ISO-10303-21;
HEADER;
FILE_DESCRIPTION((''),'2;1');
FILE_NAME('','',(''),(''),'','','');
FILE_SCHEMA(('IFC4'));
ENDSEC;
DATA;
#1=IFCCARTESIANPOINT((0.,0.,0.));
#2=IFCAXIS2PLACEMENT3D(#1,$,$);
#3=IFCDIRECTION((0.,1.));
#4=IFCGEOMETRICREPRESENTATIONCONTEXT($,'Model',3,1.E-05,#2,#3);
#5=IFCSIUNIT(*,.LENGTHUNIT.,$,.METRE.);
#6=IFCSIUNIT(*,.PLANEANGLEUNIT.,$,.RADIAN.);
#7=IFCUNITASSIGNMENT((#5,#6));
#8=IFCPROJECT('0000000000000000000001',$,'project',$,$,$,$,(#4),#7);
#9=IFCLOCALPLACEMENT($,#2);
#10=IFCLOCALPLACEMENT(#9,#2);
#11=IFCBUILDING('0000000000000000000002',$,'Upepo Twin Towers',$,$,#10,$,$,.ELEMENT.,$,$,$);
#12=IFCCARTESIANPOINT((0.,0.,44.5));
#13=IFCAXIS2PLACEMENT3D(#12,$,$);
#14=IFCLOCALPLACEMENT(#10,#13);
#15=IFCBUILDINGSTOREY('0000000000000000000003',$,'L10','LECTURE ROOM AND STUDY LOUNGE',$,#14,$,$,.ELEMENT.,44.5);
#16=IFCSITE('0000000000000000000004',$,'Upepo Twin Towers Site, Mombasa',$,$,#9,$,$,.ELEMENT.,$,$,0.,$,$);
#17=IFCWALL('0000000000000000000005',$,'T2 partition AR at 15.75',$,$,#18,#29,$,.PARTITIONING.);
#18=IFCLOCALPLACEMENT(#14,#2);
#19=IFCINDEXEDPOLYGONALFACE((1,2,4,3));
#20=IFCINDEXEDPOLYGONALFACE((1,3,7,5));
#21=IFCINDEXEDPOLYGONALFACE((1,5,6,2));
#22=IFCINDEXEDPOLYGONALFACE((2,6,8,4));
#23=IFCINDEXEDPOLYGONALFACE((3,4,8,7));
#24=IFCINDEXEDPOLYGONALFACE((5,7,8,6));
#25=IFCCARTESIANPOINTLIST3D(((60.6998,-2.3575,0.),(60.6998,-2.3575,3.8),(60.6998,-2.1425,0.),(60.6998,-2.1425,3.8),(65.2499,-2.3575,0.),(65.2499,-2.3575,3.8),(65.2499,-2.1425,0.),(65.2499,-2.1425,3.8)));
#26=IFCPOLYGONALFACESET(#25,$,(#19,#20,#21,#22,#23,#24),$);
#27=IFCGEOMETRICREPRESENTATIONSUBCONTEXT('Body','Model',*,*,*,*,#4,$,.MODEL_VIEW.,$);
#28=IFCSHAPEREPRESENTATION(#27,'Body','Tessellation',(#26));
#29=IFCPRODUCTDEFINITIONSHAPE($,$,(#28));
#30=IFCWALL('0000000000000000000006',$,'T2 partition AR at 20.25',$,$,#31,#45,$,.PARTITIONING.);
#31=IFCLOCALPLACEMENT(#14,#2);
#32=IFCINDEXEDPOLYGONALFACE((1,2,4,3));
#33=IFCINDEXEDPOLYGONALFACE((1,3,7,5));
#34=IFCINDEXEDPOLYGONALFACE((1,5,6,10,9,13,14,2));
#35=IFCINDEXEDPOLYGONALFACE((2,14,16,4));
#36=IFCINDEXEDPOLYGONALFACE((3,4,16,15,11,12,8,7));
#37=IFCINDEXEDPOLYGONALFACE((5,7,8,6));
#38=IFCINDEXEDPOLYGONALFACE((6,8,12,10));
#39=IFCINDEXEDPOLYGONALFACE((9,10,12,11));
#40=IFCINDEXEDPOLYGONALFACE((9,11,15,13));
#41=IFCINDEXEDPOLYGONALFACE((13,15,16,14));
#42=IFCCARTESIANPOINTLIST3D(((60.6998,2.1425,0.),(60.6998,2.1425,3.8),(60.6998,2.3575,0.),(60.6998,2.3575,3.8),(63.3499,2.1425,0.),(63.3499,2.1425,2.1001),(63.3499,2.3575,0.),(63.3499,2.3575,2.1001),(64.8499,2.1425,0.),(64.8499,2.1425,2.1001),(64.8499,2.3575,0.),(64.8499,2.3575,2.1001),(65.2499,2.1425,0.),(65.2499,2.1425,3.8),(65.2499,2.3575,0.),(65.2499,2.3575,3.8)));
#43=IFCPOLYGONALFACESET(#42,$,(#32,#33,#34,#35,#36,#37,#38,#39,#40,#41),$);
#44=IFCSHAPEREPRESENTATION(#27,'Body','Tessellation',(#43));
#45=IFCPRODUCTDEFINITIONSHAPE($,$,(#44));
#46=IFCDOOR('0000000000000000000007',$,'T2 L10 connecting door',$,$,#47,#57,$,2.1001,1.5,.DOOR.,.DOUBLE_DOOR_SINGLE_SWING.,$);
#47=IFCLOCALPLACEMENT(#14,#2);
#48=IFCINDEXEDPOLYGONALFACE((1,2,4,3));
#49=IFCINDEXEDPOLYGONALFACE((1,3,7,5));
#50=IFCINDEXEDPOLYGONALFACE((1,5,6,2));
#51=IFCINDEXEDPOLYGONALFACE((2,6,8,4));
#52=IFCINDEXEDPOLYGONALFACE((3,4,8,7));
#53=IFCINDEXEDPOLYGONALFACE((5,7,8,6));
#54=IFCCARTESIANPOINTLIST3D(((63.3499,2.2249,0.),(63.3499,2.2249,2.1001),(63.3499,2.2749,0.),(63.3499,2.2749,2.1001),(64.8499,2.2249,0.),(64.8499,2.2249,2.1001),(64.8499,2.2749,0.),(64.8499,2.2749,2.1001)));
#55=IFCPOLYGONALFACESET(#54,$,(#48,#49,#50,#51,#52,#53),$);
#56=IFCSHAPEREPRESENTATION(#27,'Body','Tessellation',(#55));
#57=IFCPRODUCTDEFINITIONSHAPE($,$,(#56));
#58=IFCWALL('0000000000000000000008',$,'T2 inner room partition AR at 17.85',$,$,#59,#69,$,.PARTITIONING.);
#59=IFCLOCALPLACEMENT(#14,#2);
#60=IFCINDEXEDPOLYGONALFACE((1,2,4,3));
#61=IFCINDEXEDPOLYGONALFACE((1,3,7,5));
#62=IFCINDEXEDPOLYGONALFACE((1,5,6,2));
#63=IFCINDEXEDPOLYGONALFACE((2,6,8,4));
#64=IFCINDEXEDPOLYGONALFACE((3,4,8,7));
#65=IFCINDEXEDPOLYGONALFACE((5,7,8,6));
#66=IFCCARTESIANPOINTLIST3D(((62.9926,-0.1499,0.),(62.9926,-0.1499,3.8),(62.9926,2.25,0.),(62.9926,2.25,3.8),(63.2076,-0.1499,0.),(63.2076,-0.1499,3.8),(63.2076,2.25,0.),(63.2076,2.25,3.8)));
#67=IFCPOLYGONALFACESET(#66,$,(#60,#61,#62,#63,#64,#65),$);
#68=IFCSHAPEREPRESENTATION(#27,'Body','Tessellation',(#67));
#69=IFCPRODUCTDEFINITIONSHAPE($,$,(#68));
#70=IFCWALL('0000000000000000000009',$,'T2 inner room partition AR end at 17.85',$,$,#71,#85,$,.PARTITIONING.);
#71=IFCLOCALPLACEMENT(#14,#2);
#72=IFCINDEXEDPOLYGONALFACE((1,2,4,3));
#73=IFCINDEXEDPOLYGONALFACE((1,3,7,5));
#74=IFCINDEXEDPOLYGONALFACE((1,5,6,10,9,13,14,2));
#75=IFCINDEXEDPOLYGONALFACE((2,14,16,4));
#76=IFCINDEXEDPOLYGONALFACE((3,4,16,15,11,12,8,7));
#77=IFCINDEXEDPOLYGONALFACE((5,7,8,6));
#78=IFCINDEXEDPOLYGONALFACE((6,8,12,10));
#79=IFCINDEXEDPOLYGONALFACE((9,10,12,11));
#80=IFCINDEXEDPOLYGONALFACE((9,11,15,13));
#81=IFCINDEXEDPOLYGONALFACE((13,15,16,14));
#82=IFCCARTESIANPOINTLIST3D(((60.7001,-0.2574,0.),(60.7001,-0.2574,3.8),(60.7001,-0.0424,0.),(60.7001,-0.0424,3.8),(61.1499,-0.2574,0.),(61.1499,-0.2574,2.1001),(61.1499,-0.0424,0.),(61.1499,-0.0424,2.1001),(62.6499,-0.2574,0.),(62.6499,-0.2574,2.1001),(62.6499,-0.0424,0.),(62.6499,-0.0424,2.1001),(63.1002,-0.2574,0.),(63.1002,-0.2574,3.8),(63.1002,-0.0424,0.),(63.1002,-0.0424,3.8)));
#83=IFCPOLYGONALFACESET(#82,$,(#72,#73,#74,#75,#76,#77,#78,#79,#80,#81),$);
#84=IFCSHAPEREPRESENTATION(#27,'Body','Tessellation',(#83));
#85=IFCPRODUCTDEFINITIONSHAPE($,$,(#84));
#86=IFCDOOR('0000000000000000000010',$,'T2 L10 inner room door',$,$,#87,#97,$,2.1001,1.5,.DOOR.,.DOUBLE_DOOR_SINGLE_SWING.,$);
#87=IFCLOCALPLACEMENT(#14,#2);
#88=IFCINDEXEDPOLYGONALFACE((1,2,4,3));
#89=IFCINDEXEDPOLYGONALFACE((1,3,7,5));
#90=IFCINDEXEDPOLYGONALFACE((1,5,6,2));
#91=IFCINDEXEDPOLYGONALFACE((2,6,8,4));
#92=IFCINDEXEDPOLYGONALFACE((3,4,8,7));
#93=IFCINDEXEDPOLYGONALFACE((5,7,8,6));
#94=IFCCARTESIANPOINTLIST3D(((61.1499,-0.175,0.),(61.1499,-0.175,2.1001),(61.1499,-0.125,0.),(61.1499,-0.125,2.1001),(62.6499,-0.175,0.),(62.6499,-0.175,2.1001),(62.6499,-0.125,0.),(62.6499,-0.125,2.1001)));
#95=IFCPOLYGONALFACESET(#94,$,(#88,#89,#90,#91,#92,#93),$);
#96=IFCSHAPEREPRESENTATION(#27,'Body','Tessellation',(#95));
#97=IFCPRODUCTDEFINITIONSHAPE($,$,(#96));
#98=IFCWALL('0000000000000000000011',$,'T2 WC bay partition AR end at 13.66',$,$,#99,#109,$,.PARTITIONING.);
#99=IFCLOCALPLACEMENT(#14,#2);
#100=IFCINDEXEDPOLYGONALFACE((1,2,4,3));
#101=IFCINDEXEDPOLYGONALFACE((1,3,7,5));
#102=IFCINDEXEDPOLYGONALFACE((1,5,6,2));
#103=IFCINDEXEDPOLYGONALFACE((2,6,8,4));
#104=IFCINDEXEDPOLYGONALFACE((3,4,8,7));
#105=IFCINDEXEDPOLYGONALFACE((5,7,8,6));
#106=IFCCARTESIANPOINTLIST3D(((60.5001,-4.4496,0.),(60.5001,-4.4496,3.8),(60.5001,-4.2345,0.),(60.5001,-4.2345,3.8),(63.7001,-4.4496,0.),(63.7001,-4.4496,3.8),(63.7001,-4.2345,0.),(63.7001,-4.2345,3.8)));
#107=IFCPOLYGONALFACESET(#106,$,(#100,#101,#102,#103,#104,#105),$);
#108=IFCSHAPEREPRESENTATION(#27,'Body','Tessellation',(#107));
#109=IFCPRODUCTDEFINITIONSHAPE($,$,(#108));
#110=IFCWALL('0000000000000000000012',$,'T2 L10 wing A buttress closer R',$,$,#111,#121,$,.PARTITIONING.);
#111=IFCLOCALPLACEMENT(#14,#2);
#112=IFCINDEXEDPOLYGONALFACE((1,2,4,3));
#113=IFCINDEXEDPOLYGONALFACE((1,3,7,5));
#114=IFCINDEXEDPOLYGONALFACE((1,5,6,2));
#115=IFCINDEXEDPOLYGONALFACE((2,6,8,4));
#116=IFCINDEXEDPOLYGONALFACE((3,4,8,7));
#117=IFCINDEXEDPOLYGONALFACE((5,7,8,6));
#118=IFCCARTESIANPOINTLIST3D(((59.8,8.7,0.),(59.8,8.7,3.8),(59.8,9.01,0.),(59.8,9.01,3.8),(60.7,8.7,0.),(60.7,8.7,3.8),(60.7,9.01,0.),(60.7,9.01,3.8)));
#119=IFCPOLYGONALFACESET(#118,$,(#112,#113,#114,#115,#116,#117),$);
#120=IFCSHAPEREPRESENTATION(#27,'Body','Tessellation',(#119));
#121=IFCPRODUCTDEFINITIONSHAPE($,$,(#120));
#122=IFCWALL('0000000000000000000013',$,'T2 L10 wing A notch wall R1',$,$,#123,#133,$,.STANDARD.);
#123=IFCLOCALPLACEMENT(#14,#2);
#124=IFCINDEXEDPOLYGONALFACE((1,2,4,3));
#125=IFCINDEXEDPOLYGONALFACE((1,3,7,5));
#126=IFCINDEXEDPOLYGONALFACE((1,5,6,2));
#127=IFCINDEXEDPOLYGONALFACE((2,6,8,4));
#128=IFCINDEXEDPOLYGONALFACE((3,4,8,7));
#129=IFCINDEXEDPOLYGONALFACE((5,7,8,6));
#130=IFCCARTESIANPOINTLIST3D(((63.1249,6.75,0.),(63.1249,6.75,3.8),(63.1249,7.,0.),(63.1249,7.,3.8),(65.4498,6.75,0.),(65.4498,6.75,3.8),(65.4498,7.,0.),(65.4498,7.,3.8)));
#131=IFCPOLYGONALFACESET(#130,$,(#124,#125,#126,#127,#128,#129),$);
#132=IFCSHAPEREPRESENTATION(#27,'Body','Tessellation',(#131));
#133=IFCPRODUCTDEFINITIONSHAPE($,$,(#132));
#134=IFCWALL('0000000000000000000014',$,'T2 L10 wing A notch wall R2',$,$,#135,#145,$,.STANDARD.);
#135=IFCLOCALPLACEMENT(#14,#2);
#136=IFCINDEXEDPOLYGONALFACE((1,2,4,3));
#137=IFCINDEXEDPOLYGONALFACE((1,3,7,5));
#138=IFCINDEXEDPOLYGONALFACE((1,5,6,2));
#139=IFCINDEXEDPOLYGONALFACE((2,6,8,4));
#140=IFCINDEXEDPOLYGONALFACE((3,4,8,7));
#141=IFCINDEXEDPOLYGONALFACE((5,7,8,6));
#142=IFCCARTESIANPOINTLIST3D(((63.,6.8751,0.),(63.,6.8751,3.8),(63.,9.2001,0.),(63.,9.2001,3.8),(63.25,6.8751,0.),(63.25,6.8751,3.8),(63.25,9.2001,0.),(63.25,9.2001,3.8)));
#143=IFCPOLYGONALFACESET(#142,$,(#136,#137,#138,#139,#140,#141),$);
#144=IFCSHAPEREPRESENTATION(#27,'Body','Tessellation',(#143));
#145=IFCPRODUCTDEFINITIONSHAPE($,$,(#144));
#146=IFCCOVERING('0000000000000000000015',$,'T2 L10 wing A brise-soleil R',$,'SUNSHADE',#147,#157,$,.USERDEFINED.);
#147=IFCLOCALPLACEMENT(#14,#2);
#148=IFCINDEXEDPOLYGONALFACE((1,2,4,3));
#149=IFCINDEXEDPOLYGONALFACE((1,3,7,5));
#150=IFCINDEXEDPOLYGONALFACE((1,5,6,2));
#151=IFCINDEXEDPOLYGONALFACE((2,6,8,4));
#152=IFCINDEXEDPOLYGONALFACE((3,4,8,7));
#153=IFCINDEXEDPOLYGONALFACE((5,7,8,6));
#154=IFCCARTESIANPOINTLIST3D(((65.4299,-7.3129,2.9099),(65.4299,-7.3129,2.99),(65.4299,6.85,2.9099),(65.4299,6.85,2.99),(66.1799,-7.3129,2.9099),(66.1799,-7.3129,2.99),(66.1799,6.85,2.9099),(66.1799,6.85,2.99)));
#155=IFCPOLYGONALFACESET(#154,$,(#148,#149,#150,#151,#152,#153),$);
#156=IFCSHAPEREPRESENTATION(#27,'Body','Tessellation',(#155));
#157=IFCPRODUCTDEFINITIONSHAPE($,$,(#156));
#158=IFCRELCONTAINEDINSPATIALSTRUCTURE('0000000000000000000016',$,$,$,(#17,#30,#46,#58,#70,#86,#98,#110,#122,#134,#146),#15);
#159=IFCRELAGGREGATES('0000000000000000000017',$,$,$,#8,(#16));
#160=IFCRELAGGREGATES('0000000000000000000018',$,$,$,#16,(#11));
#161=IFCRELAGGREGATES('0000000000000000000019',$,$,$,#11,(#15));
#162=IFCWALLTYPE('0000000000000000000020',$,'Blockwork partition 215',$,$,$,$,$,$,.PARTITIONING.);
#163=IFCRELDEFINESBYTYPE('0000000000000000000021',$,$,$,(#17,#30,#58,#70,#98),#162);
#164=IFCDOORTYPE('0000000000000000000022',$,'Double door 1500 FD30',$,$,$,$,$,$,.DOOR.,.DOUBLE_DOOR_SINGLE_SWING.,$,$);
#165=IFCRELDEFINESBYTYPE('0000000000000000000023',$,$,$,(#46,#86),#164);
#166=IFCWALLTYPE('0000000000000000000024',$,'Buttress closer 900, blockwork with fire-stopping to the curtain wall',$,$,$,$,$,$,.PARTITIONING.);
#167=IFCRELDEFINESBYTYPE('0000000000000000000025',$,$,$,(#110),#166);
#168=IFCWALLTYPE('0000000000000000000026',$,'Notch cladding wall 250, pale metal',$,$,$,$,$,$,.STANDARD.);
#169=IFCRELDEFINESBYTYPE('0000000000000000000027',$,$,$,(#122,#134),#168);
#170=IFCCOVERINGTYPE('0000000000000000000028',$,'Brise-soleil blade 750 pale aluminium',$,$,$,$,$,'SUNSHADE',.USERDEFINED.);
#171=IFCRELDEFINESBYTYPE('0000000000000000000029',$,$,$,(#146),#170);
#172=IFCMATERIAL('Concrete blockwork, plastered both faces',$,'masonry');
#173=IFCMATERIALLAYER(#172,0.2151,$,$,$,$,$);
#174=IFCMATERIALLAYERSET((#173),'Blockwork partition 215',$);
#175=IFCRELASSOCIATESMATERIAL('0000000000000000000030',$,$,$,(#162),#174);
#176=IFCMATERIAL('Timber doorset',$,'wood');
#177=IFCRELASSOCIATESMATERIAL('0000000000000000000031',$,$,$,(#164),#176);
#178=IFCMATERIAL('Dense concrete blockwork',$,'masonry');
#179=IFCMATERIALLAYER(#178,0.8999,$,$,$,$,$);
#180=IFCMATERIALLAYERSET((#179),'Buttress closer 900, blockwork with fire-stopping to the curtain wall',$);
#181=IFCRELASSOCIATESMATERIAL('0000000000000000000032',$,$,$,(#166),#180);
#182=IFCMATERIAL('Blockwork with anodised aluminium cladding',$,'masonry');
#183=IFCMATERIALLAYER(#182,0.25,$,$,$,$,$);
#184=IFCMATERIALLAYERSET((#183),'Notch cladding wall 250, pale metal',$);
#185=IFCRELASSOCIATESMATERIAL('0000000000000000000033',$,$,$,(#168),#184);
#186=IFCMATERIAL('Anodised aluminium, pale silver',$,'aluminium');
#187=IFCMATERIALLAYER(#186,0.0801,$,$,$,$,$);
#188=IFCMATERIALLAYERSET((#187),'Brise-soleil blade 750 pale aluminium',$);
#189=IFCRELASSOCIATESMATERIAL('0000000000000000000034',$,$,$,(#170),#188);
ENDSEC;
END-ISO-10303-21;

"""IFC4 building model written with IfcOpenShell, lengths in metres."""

from ifc_helpers import new_model, si_unit, direction, frame, frame_2d, origin, origin_2d, place, context, subcontext, project, spatial, rectangle, extrude, material, layer, layer_set, type_object, element, fill, save


model = new_model("IFC4")

# Units and contexts
model_context = context("Model", 3, precision=1e-05, world=origin(), true_north=direction((0.0, 1.0)))
body_context = subcontext(model_context, "Body", "Model", "MODEL_VIEW")
ifc_project = project(units=[si_unit("LENGTHUNIT", "METRE"), si_unit("PLANEANGLEUNIT", "RADIAN")], contexts=[model_context])

# Site, building, storey
site_placement = place(None, origin())
site = spatial("IfcSite", under=ifc_project, at=site_placement, Name="Upepo Twin Towers Site, Mombasa", CompositionType="ELEMENT", RefElevation=0.0)
building_placement = place(site_placement, origin())
building = spatial("IfcBuilding", under=site, at=building_placement, Name="Upepo Twin Towers", CompositionType="ELEMENT")
storey_placement = place(building_placement, frame((0.0, 0.0, 44.5)))
storey = spatial("IfcBuildingStorey", under=building, at=storey_placement, Name="L10", Description="LECTURE ROOM AND STUDY LOUNGE", CompositionType="ELEMENT", Elevation=44.5)

# Wall
ifc_material_1 = material(Name="Concrete blockwork, plastered both faces", Category="masonry")
ifc_layer_1 = layer(ifc_material_1, 0.2151)
ifc_layer_set_1 = layer_set([ifc_layer_1], Name="Blockwork partition 215")
wall_type_1 = type_object("IfcWallType", Name="Blockwork partition 215", PredefinedType="PARTITIONING", material=ifc_layer_set_1)
wall_1_placement = place(storey_placement, frame((60.7, -2.25, 0.0), z_axis=(0.0, 0.0, 1.0), x_axis=(1.0, 0.0, 0.0)))
element("IfcWall", 1, at=wall_1_placement, inside=storey, type_object=wall_type_1, Name="T2 partition AR at 15.75", PredefinedType="PARTITIONING", context=body_context, shape_type="SweptSolid", body=[
    extrude(rectangle(XDim=4.55, YDim=0.2151, at=frame_2d((2.2749, 0.0))), origin(), (0.0, 0.0, 1.0), 3.8),
])

# Wall, opening, door
wall_2_placement = place(storey_placement, frame((60.7, 2.25, 0.0), z_axis=(0.0, 0.0, 1.0), x_axis=(1.0, 0.0, 0.0)))
wall_2 = element("IfcWall", 2, at=wall_2_placement, inside=storey, type_object=wall_type_1, Name="T2 partition AR at 20.25", PredefinedType="PARTITIONING", context=body_context, shape_type="SweptSolid", body=[
    extrude(rectangle(XDim=4.55, YDim=0.2151, at=frame_2d((2.2749, 0.0))), origin(), (0.0, 0.0, 1.0), 3.8),
])
opening_1_placement = place(wall_2_placement, frame((2.6499, 0.0, 0.0)))
opening_1 = element("IfcOpeningElement", 3, at=opening_1_placement, cuts=wall_2, PredefinedType="OPENING", context=body_context, shape_type="SweptSolid", body=[
    extrude(rectangle(XDim=1.5, YDim=2.1001, at=frame_2d((0.75, 1.05))), frame((0.0, 0.1174, 0.0), z_axis=(0.0, -1.0, 0.0), x_axis=(1.0, 0.0, 0.0)), (0.0, 0.0, 1.0), 0.2351),
])
ifc_material_2 = material(Name="Timber doorset", Category="wood")
door_type = type_object("IfcDoorType", Name="Double door 1500 FD30", OperationType="DOUBLE_DOOR_SINGLE_SWING", PredefinedType="DOOR", material=ifc_material_2)
door_1_placement = place(opening_1_placement, origin())
door_1 = element("IfcDoor", 4, at=door_1_placement, inside=storey, type_object=door_type, Name="T2 L10 connecting door", OperationType="DOUBLE_DOOR_SINGLE_SWING", OverallHeight=2.1001, OverallWidth=1.5, PredefinedType="DOOR", context=body_context, shape_type="SweptSolid", body=[
    extrude(rectangle(XDim=1.5, YDim=2.1001, at=frame_2d((0.75, 1.05))), frame((0.0, 0.0249, 0.0), z_axis=(0.0, -1.0, 0.0), x_axis=(1.0, 0.0, 0.0)), (0.0, 0.0, 1.0), 0.05),
])
fill(opening_1, door_1)

# Wall
wall_3_placement = place(storey_placement, frame((63.1001, -0.1499, 0.0), z_axis=(0.0, 0.0, 1.0), x_axis=(0.0, 1.0, 0.0)))
element("IfcWall", 5, at=wall_3_placement, inside=storey, type_object=wall_type_1, Name="T2 inner room partition AR at 17.85", PredefinedType="PARTITIONING", context=body_context, shape_type="SweptSolid", body=[
    extrude(rectangle(XDim=2.3999, YDim=0.2151, at=frame_2d((1.2, 0.0))), origin(), (0.0, 0.0, 1.0), 3.8),
])

# Wall, opening, door
wall_4_placement = place(storey_placement, frame((60.7, -0.1499, 0.0), z_axis=(0.0, 0.0, 1.0), x_axis=(1.0, 0.0, 0.0)))
wall_4 = element("IfcWall", 6, at=wall_4_placement, inside=storey, type_object=wall_type_1, Name="T2 inner room partition AR end at 17.85", PredefinedType="PARTITIONING", context=body_context, shape_type="SweptSolid", body=[
    extrude(rectangle(XDim=2.4001, YDim=0.2151, at=frame_2d((1.2002, 0.0))), origin(), (0.0, 0.0, 1.0), 3.8),
])
opening_2_placement = place(wall_4_placement, frame((0.45, 0.0, 0.0)))
opening_2 = element("IfcOpeningElement", 7, at=opening_2_placement, cuts=wall_4, PredefinedType="OPENING", context=body_context, shape_type="SweptSolid", body=[
    extrude(rectangle(XDim=1.5, YDim=2.1001, at=frame_2d((0.75, 1.05))), frame((0.0, 0.1174, 0.0), z_axis=(0.0, -1.0, 0.0), x_axis=(1.0, 0.0, 0.0)), (0.0, 0.0, 1.0), 0.2351),
])
door_2_placement = place(opening_2_placement, origin())
door_2 = element("IfcDoor", 8, at=door_2_placement, inside=storey, type_object=door_type, Name="T2 L10 inner room door", OperationType="DOUBLE_DOOR_SINGLE_SWING", OverallHeight=2.1001, OverallWidth=1.5, PredefinedType="DOOR", context=body_context, shape_type="SweptSolid", body=[
    extrude(rectangle(XDim=1.5, YDim=2.1001, at=frame_2d((0.75, 1.05))), frame((0.0, 0.0249, 0.0), z_axis=(0.0, -1.0, 0.0), x_axis=(1.0, 0.0, 0.0)), (0.0, 0.0, 1.0), 0.05),
])
fill(opening_2, door_2)

# Walls
wall_5_placement = place(storey_placement, frame((60.5, -4.342, 0.0), z_axis=(0.0, 0.0, 1.0), x_axis=(1.0, 0.0, 0.0)))
element("IfcWall", 9, at=wall_5_placement, inside=storey, type_object=wall_type_1, Name="T2 WC bay partition AR end at 13.66", PredefinedType="PARTITIONING", context=body_context, shape_type="SweptSolid", body=[
    extrude(rectangle(XDim=3.2, YDim=0.2151, at=frame_2d((1.6001, 0.0))), origin(), (0.0, 0.0, 1.0), 3.8),
])
ifc_material_3 = material(Name="Dense concrete blockwork", Category="masonry")
ifc_layer_2 = layer(ifc_material_3, 0.8999)
ifc_layer_set_2 = layer_set([ifc_layer_2], Name="Buttress closer 900, blockwork with fire-stopping to the curtain wall")
wall_type_2 = type_object("IfcWallType", Name="Buttress closer 900, blockwork with fire-stopping to the curtain wall", PredefinedType="PARTITIONING", material=ifc_layer_set_2)
wall_6_placement = place(storey_placement, frame((60.25, 8.7, 0.0), z_axis=(0.0, 0.0, 1.0), x_axis=(0.0, 1.0, 0.0)))
element("IfcWall", 10, at=wall_6_placement, inside=storey, type_object=wall_type_2, Name="T2 L10 wing A buttress closer R", PredefinedType="PARTITIONING", context=body_context, shape_type="SweptSolid", body=[
    extrude(rectangle(XDim=0.3101, YDim=0.8999, at=frame_2d((0.155, 0.0))), origin(), (0.0, 0.0, 1.0), 3.8),
])
ifc_material_4 = material(Name="Blockwork with anodised aluminium cladding", Category="masonry")
ifc_layer_3 = layer(ifc_material_4, 0.25)
ifc_layer_set_3 = layer_set([ifc_layer_3], Name="Notch cladding wall 250, pale metal")
wall_type_3 = type_object("IfcWallType", Name="Notch cladding wall 250, pale metal", PredefinedType="STANDARD", material=ifc_layer_set_3)
for number, where, z_axis, x_axis, name in (
    (11, (65.45, 6.875, 0.0), (0.0, 0.0, 1.0), (-1.0, 0.0, 0.0), "T2 L10 wing A notch wall R1"),
    (12, (63.125, 6.875, 0.0), (0.0, 0.0, 1.0), (0.0, 1.0, 0.0), "T2 L10 wing A notch wall R2"),
):
    element("IfcWall", number, at=place(storey_placement, frame(where, z_axis=z_axis, x_axis=x_axis)), inside=storey, type_object=wall_type_3, Name=name, PredefinedType="STANDARD", context=body_context, shape_type="SweptSolid", body=[
        extrude(rectangle(XDim=2.325, YDim=0.25, at=frame_2d((1.1626, 0.0))), origin(), (0.0, 0.0, 1.0), 3.8),
    ])

# Covering
ifc_material_5 = material(Name="Anodised aluminium, pale silver", Category="aluminium")
ifc_layer_4 = layer(ifc_material_5, 0.0801)
ifc_layer_set_4 = layer_set([ifc_layer_4], Name="Brise-soleil blade 750 pale aluminium")
covering_type = type_object("IfcCoveringType", Name="Brise-soleil blade 750 pale aluminium", ElementType="SUNSHADE", PredefinedType="USERDEFINED", material=ifc_layer_set_4)
covering_placement = place(storey_placement, frame((65.8049, -0.2314, 2.9099), z_axis=(0.0, 0.0, 1.0), x_axis=(0.0, 1.0, 0.0)))
element("IfcCovering", 13, at=covering_placement, inside=storey, type_object=covering_type, Name="T2 L10 wing A brise-soleil R", ObjectType="SUNSHADE", PredefinedType="USERDEFINED", context=body_context, shape_type="SweptSolid", body=[
    extrude(rectangle(XDim=14.1628, YDim=0.75, at=origin_2d()), origin(), (0.0, 0.0, 1.0), 0.0801),
])

save(model, "model.ifc")
